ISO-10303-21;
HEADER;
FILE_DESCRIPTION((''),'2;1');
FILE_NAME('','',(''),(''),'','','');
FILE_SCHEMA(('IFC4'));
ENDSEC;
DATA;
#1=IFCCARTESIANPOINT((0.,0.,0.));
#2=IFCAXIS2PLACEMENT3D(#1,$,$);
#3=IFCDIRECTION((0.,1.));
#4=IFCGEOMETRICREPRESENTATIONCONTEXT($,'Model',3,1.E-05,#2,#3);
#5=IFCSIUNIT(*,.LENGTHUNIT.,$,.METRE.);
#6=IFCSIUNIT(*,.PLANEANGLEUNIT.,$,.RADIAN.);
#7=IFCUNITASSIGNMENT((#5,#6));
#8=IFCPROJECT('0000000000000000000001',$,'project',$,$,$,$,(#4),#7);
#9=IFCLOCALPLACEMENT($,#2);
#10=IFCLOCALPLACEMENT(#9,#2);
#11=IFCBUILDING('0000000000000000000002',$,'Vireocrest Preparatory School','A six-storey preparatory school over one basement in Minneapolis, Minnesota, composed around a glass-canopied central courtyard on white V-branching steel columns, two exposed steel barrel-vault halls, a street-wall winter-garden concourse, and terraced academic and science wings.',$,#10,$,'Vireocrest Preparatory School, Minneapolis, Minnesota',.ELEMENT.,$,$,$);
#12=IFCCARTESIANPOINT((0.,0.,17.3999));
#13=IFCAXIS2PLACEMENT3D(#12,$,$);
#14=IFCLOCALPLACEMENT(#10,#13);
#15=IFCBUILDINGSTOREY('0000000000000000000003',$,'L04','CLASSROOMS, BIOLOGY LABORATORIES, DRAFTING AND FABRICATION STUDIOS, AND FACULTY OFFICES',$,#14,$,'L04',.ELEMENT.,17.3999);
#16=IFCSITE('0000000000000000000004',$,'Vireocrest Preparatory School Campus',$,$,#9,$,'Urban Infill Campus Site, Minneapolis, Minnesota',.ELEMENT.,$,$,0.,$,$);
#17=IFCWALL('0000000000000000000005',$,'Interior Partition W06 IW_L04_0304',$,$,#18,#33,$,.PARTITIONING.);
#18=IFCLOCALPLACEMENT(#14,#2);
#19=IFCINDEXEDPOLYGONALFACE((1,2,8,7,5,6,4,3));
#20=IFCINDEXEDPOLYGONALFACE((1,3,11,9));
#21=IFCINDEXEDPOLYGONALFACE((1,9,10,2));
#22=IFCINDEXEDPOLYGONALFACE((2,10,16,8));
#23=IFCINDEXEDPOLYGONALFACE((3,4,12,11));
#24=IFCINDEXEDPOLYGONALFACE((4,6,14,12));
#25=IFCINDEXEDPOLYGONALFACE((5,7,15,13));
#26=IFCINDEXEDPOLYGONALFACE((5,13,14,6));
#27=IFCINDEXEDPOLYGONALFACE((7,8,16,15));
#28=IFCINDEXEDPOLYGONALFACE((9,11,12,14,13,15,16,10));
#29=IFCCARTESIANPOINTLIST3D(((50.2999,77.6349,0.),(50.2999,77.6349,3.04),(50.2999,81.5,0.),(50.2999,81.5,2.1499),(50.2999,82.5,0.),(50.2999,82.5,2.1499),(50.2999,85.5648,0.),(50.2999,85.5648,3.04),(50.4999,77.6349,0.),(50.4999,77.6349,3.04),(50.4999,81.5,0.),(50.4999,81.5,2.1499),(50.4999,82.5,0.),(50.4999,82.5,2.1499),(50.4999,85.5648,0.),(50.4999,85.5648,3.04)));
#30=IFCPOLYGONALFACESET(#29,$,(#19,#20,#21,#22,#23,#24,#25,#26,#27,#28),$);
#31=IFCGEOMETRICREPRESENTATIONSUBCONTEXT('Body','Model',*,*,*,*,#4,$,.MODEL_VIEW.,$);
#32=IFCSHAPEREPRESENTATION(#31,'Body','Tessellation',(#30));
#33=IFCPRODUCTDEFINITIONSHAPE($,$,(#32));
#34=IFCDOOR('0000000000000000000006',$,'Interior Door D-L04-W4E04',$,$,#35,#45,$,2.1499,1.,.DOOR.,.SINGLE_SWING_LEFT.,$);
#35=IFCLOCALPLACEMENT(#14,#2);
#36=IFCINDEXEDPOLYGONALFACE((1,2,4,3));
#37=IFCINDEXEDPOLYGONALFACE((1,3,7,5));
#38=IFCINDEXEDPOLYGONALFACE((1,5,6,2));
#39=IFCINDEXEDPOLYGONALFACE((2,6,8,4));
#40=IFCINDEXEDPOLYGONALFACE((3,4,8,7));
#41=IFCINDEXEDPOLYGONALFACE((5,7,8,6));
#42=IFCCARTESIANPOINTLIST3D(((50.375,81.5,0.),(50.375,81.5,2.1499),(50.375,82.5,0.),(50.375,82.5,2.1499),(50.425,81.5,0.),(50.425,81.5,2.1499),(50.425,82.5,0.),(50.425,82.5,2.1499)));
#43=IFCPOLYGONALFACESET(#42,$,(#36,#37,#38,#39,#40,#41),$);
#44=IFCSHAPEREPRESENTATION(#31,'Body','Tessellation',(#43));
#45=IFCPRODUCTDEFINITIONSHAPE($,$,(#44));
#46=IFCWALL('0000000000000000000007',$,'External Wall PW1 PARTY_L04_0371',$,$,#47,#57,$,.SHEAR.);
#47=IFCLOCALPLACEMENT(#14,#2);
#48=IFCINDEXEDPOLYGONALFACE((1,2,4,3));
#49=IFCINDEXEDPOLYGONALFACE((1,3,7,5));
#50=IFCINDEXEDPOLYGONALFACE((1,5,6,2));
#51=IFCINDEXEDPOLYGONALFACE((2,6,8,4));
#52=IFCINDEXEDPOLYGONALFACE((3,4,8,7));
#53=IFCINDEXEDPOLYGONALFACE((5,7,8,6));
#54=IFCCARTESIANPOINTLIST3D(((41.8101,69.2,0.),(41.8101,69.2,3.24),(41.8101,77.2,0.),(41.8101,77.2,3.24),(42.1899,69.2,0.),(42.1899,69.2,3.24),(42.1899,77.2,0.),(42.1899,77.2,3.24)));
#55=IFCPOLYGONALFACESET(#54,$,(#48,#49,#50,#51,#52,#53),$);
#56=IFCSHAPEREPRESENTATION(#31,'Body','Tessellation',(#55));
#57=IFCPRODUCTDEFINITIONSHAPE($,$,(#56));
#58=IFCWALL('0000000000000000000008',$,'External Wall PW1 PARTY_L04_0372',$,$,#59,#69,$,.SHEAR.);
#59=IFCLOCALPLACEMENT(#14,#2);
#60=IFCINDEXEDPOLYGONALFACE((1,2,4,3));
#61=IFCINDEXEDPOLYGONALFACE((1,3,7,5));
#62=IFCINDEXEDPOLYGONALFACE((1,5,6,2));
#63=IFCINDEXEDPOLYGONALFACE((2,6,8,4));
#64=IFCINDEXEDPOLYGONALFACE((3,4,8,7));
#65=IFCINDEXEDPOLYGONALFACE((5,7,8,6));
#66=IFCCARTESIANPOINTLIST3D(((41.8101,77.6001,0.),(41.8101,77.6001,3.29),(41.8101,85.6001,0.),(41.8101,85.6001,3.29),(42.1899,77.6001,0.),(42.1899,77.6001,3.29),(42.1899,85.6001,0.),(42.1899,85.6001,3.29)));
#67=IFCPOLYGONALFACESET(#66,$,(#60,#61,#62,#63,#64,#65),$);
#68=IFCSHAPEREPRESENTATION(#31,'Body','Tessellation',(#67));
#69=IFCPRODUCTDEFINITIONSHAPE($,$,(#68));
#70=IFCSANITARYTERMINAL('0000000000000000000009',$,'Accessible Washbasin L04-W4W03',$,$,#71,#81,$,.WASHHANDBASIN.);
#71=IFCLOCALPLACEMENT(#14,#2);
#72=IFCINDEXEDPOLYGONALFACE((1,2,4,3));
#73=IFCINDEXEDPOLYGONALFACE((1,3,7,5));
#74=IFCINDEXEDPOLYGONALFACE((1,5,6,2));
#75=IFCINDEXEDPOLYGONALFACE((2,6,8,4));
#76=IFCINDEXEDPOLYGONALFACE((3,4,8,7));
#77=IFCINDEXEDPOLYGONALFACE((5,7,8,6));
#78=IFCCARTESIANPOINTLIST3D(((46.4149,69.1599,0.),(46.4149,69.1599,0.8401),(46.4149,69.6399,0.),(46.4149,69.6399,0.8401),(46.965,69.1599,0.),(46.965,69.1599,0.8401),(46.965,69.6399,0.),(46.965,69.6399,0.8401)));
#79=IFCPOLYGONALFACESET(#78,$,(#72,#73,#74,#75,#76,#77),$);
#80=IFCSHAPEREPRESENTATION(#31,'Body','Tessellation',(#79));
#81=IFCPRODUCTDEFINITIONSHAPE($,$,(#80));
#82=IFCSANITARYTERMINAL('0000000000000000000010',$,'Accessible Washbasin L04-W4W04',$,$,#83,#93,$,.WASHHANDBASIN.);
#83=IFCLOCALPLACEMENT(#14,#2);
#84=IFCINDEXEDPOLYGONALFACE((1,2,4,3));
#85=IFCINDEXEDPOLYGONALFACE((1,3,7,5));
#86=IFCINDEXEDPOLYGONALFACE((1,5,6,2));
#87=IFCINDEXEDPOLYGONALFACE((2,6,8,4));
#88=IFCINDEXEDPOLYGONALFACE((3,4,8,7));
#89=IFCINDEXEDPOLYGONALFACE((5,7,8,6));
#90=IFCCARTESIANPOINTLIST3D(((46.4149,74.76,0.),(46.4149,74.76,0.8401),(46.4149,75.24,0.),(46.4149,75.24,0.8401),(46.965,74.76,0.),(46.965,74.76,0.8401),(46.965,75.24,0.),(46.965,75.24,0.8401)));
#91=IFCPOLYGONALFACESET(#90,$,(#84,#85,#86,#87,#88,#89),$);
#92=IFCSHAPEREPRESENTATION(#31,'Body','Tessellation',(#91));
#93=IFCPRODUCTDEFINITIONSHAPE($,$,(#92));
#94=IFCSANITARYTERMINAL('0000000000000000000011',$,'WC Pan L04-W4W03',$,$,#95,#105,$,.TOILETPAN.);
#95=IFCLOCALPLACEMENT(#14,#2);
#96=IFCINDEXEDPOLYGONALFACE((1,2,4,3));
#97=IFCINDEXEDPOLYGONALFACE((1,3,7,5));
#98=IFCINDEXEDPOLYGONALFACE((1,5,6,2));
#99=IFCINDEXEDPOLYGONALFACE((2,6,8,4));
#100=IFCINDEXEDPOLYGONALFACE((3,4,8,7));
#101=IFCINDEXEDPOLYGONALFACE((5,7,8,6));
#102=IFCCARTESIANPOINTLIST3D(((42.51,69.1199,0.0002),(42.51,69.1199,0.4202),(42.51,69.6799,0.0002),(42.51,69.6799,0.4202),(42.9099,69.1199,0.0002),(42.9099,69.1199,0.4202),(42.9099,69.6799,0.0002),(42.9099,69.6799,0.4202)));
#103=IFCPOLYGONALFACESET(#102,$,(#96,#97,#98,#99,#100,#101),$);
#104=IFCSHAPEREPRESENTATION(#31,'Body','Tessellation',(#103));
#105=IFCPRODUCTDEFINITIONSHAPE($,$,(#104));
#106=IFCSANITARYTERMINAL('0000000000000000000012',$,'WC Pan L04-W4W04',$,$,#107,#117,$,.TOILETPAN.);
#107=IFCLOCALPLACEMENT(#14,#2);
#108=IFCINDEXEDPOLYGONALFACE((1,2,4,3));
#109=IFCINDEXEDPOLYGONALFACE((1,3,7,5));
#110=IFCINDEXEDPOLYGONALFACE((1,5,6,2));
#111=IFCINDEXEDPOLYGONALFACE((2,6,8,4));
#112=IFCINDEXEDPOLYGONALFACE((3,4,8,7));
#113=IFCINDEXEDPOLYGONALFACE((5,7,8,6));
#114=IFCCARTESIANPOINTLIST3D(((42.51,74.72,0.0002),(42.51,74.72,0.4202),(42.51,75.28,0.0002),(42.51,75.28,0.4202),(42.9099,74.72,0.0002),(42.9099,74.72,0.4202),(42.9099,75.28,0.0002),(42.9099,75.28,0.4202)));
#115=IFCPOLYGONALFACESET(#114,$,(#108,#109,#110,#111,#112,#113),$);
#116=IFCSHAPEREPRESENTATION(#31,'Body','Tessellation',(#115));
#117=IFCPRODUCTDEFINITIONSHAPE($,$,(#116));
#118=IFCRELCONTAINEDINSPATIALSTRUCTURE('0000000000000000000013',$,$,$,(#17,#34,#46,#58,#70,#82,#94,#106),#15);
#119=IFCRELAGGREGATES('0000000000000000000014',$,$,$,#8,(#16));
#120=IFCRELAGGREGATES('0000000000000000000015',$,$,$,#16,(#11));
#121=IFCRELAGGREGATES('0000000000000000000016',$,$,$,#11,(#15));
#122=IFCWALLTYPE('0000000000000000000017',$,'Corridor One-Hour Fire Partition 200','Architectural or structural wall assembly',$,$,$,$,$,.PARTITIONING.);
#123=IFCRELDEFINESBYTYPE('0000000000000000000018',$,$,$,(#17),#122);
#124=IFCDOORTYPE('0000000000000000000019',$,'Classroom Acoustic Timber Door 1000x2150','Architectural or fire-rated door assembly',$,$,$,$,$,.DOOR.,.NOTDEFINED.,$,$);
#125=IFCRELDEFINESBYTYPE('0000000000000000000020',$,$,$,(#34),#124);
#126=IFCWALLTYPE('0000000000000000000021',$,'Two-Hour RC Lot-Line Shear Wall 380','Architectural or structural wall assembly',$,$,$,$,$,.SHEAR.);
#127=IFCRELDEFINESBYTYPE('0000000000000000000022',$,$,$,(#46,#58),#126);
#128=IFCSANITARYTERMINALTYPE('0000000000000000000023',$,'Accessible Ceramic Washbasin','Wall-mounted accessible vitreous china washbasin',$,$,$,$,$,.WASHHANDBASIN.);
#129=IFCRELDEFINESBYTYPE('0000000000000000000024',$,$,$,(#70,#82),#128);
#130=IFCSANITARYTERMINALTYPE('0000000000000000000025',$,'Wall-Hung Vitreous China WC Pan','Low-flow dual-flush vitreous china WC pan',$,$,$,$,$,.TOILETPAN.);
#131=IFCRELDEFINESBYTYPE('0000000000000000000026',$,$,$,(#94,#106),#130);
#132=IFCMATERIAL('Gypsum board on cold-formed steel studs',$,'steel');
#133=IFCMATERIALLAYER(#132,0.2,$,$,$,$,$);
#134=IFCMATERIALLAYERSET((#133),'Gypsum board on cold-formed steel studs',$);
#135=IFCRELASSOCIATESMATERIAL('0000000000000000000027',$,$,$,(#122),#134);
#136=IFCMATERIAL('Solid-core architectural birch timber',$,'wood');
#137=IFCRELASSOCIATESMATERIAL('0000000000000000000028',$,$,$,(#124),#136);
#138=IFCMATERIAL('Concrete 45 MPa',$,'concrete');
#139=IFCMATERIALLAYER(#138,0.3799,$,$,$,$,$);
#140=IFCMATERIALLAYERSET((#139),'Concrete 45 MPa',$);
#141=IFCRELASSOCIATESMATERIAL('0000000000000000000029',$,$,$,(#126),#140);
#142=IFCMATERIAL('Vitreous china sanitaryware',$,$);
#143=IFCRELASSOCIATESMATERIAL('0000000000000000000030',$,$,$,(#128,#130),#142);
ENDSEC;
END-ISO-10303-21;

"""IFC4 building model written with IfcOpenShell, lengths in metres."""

from ifc_helpers import new_model, si_unit, direction, frame, frame_2d, origin, origin_2d, place, context, subcontext, project, spatial, rectangle, extrude, material, layer, layer_set, type_object, element, fill, save


model = new_model("IFC4")

# Units and contexts
model_context = context("Model", 3, precision=1e-05, world=origin(), true_north=direction((0.0, 1.0)))
body_context = subcontext(model_context, "Body", "Model", "MODEL_VIEW")
ifc_project = project(units=[si_unit("LENGTHUNIT", "METRE"), si_unit("PLANEANGLEUNIT", "RADIAN")], contexts=[model_context])

# Site, building, storey
site_placement = place(None, origin())
site = spatial("IfcSite", under=ifc_project, at=site_placement, Name="Vireocrest Preparatory School Campus", LongName="Urban Infill Campus Site, Minneapolis, Minnesota", CompositionType="ELEMENT", RefElevation=0.0)
building_placement = place(site_placement, origin())
building = spatial("IfcBuilding", under=site, at=building_placement, Name="Vireocrest Preparatory School", Description="A six-storey preparatory school over one basement in Minneapolis, Minnesota, composed around a glass-canopied central courtyard on white V-branching steel columns, two exposed steel barrel-vault halls, a street-wall winter-garden concourse, and terraced academic and science wings.", LongName="Vireocrest Preparatory School, Minneapolis, Minnesota", CompositionType="ELEMENT")
storey_placement = place(building_placement, frame((0.0, 0.0, 17.3999)))
storey = spatial("IfcBuildingStorey", under=building, at=storey_placement, Name="L04", Description="CLASSROOMS, BIOLOGY LABORATORIES, DRAFTING AND FABRICATION STUDIOS, AND FACULTY OFFICES", LongName="L04", CompositionType="ELEMENT", Elevation=17.3999)

# Shared definitions
ifc_material_1 = material(Name="Concrete 45 MPa", Category="concrete")

# Shared definitions
ifc_material_2 = material(Name="Gypsum board on cold-formed steel studs", Category="steel")

# Wall, opening, door
ifc_layer_1 = layer(ifc_material_2, 0.2)
ifc_layer_set_1 = layer_set([ifc_layer_1], Name="Gypsum board on cold-formed steel studs")
wall_type_1 = type_object("IfcWallType", Name="Corridor One-Hour Fire Partition 200", Description="Architectural or structural wall assembly", PredefinedType="PARTITIONING", material=ifc_layer_set_1)
ifc_material_3 = material(Name="Solid-core architectural birch timber", Category="wood")
door_type = type_object("IfcDoorType", Name="Classroom Acoustic Timber Door 1000x2150", Description="Architectural or fire-rated door assembly", OperationType="NOTDEFINED", PredefinedType="DOOR", material=ifc_material_3)
wall_1_placement = place(storey_placement, frame((50.3999, 77.635, 0.0), z_axis=(0.0, 0.0, 1.0), x_axis=(0.0, 1.0, 0.0)))
wall_1 = element("IfcWall", 1, at=wall_1_placement, inside=storey, type_object=wall_type_1, Name="Interior Partition W06 IW_L04_0304", PredefinedType="PARTITIONING", context=body_context, shape_type="SweptSolid", body=[
    extrude(rectangle(XDim=7.9299, YDim=0.2, at=frame_2d((3.9648, 0.0))), origin(), (0.0, 0.0, 1.0), 3.04),
])
opening_1_placement = place(wall_1_placement, frame((3.865, 0.0, 0.0)))
opening_1 = element("IfcOpeningElement", 2, at=opening_1_placement, cuts=wall_1, PredefinedType="OPENING", context=body_context, shape_type="SweptSolid", body=[
    extrude(rectangle(XDim=1.0, YDim=2.1499, at=frame_2d((0.5, 1.075))), frame((0.0, 0.1099, 0.0), z_axis=(0.0, -1.0, 0.0), x_axis=(1.0, 0.0, 0.0)), (0.0, 0.0, 1.0), 0.22),
])
door_1_placement = place(opening_1_placement, origin())
door_1 = element("IfcDoor", 3, at=door_1_placement, inside=storey, type_object=door_type, Name="Interior Door D-L04-W4E04", OperationType="SINGLE_SWING_LEFT", OverallHeight=2.1499, OverallWidth=1.0, PredefinedType="DOOR", context=body_context, shape_type="SweptSolid", body=[
    extrude(rectangle(XDim=1.0, YDim=2.1499, at=frame_2d((0.5, 1.075))), frame((0.0, 0.0249, 0.0), z_axis=(0.0, -1.0, 0.0), x_axis=(1.0, 0.0, 0.0)), (0.0, 0.0, 1.0), 0.05),
])
fill(opening_1, door_1)

# Walls
ifc_layer_2 = layer(ifc_material_1, 0.3799)
ifc_layer_set_2 = layer_set([ifc_layer_2], Name="Concrete 45 MPa")
wall_type_2 = type_object("IfcWallType", Name="Two-Hour RC Lot-Line Shear Wall 380", Description="Architectural or structural wall assembly", PredefinedType="SHEAR", material=ifc_layer_set_2)
wall_2_placement = place(storey_placement, frame((42.0, 69.2, 0.0), z_axis=(0.0, 0.0, 1.0), x_axis=(0.0, 1.0, 0.0)))
element("IfcWall", 4, at=wall_2_placement, inside=storey, type_object=wall_type_2, Name="External Wall PW1 PARTY_L04_0371", PredefinedType="SHEAR", context=body_context, shape_type="SweptSolid", body=[
    extrude(rectangle(XDim=8.0, YDim=0.3799, at=frame_2d((4.0, 0.0))), origin(), (0.0, 0.0, 1.0), 3.24),
])
wall_3_placement = place(storey_placement, frame((42.0, 77.6001, 0.0), z_axis=(0.0, 0.0, 1.0), x_axis=(0.0, 1.0, 0.0)))
element("IfcWall", 5, at=wall_3_placement, inside=storey, type_object=wall_type_2, Name="External Wall PW1 PARTY_L04_0372", PredefinedType="SHEAR", context=body_context, shape_type="SweptSolid", body=[
    extrude(rectangle(XDim=8.0, YDim=0.3799, at=frame_2d((4.0, 0.0))), origin(), (0.0, 0.0, 1.0), 3.29),
])

# Sanitary terminals
ifc_material_4 = material(Name="Vitreous china sanitaryware")
sanitary_terminal_type_1 = type_object("IfcSanitaryTerminalType", Name="Accessible Ceramic Washbasin", Description="Wall-mounted accessible vitreous china washbasin", PredefinedType="WASHHANDBASIN", material=ifc_material_4)
for number, where, z_axis, x_axis, name in (
    (6, (46.6899, 69.3999, 0.0), (0.0, 0.0, 1.0), (1.0, 0.0, 0.0), "Accessible Washbasin L04-W4W03"),
    (7, (46.6899, 75.0, 0.0), (0.0, 0.0, 1.0), (1.0, 0.0, 0.0), "Accessible Washbasin L04-W4W04"),
):
    element("IfcSanitaryTerminal", number, at=place(storey_placement, frame(where, z_axis=z_axis, x_axis=x_axis)), inside=storey, type_object=sanitary_terminal_type_1, Name=name, PredefinedType="WASHHANDBASIN", context=body_context, shape_type="SweptSolid", body=[
        extrude(rectangle(XDim=0.55, YDim=0.48, at=origin_2d()), origin(), (0.0, 0.0, 1.0), 0.8401),
    ])
sanitary_terminal_type_2 = type_object("IfcSanitaryTerminalType", Name="Wall-Hung Vitreous China WC Pan", Description="Low-flow dual-flush vitreous china WC pan", PredefinedType="TOILETPAN", material=ifc_material_4)
for number, where, z_axis, x_axis, name in (
    (8, (42.71, 69.3999, 0.0002), (0.0, 0.0, 1.0), (1.0, 0.0, 0.0), "WC Pan L04-W4W03"),
    (9, (42.71, 75.0, 0.0002), (0.0, 0.0, 1.0), (1.0, 0.0, 0.0), "WC Pan L04-W4W04"),
):
    element("IfcSanitaryTerminal", number, at=place(storey_placement, frame(where, z_axis=z_axis, x_axis=x_axis)), inside=storey, type_object=sanitary_terminal_type_2, Name=name, PredefinedType="TOILETPAN", context=body_context, shape_type="SweptSolid", body=[
        extrude(rectangle(XDim=0.3999, YDim=0.5601, at=origin_2d()), origin(), (0.0, 0.0, 1.0), 0.4199),
    ])

save(model, "model.ifc")
